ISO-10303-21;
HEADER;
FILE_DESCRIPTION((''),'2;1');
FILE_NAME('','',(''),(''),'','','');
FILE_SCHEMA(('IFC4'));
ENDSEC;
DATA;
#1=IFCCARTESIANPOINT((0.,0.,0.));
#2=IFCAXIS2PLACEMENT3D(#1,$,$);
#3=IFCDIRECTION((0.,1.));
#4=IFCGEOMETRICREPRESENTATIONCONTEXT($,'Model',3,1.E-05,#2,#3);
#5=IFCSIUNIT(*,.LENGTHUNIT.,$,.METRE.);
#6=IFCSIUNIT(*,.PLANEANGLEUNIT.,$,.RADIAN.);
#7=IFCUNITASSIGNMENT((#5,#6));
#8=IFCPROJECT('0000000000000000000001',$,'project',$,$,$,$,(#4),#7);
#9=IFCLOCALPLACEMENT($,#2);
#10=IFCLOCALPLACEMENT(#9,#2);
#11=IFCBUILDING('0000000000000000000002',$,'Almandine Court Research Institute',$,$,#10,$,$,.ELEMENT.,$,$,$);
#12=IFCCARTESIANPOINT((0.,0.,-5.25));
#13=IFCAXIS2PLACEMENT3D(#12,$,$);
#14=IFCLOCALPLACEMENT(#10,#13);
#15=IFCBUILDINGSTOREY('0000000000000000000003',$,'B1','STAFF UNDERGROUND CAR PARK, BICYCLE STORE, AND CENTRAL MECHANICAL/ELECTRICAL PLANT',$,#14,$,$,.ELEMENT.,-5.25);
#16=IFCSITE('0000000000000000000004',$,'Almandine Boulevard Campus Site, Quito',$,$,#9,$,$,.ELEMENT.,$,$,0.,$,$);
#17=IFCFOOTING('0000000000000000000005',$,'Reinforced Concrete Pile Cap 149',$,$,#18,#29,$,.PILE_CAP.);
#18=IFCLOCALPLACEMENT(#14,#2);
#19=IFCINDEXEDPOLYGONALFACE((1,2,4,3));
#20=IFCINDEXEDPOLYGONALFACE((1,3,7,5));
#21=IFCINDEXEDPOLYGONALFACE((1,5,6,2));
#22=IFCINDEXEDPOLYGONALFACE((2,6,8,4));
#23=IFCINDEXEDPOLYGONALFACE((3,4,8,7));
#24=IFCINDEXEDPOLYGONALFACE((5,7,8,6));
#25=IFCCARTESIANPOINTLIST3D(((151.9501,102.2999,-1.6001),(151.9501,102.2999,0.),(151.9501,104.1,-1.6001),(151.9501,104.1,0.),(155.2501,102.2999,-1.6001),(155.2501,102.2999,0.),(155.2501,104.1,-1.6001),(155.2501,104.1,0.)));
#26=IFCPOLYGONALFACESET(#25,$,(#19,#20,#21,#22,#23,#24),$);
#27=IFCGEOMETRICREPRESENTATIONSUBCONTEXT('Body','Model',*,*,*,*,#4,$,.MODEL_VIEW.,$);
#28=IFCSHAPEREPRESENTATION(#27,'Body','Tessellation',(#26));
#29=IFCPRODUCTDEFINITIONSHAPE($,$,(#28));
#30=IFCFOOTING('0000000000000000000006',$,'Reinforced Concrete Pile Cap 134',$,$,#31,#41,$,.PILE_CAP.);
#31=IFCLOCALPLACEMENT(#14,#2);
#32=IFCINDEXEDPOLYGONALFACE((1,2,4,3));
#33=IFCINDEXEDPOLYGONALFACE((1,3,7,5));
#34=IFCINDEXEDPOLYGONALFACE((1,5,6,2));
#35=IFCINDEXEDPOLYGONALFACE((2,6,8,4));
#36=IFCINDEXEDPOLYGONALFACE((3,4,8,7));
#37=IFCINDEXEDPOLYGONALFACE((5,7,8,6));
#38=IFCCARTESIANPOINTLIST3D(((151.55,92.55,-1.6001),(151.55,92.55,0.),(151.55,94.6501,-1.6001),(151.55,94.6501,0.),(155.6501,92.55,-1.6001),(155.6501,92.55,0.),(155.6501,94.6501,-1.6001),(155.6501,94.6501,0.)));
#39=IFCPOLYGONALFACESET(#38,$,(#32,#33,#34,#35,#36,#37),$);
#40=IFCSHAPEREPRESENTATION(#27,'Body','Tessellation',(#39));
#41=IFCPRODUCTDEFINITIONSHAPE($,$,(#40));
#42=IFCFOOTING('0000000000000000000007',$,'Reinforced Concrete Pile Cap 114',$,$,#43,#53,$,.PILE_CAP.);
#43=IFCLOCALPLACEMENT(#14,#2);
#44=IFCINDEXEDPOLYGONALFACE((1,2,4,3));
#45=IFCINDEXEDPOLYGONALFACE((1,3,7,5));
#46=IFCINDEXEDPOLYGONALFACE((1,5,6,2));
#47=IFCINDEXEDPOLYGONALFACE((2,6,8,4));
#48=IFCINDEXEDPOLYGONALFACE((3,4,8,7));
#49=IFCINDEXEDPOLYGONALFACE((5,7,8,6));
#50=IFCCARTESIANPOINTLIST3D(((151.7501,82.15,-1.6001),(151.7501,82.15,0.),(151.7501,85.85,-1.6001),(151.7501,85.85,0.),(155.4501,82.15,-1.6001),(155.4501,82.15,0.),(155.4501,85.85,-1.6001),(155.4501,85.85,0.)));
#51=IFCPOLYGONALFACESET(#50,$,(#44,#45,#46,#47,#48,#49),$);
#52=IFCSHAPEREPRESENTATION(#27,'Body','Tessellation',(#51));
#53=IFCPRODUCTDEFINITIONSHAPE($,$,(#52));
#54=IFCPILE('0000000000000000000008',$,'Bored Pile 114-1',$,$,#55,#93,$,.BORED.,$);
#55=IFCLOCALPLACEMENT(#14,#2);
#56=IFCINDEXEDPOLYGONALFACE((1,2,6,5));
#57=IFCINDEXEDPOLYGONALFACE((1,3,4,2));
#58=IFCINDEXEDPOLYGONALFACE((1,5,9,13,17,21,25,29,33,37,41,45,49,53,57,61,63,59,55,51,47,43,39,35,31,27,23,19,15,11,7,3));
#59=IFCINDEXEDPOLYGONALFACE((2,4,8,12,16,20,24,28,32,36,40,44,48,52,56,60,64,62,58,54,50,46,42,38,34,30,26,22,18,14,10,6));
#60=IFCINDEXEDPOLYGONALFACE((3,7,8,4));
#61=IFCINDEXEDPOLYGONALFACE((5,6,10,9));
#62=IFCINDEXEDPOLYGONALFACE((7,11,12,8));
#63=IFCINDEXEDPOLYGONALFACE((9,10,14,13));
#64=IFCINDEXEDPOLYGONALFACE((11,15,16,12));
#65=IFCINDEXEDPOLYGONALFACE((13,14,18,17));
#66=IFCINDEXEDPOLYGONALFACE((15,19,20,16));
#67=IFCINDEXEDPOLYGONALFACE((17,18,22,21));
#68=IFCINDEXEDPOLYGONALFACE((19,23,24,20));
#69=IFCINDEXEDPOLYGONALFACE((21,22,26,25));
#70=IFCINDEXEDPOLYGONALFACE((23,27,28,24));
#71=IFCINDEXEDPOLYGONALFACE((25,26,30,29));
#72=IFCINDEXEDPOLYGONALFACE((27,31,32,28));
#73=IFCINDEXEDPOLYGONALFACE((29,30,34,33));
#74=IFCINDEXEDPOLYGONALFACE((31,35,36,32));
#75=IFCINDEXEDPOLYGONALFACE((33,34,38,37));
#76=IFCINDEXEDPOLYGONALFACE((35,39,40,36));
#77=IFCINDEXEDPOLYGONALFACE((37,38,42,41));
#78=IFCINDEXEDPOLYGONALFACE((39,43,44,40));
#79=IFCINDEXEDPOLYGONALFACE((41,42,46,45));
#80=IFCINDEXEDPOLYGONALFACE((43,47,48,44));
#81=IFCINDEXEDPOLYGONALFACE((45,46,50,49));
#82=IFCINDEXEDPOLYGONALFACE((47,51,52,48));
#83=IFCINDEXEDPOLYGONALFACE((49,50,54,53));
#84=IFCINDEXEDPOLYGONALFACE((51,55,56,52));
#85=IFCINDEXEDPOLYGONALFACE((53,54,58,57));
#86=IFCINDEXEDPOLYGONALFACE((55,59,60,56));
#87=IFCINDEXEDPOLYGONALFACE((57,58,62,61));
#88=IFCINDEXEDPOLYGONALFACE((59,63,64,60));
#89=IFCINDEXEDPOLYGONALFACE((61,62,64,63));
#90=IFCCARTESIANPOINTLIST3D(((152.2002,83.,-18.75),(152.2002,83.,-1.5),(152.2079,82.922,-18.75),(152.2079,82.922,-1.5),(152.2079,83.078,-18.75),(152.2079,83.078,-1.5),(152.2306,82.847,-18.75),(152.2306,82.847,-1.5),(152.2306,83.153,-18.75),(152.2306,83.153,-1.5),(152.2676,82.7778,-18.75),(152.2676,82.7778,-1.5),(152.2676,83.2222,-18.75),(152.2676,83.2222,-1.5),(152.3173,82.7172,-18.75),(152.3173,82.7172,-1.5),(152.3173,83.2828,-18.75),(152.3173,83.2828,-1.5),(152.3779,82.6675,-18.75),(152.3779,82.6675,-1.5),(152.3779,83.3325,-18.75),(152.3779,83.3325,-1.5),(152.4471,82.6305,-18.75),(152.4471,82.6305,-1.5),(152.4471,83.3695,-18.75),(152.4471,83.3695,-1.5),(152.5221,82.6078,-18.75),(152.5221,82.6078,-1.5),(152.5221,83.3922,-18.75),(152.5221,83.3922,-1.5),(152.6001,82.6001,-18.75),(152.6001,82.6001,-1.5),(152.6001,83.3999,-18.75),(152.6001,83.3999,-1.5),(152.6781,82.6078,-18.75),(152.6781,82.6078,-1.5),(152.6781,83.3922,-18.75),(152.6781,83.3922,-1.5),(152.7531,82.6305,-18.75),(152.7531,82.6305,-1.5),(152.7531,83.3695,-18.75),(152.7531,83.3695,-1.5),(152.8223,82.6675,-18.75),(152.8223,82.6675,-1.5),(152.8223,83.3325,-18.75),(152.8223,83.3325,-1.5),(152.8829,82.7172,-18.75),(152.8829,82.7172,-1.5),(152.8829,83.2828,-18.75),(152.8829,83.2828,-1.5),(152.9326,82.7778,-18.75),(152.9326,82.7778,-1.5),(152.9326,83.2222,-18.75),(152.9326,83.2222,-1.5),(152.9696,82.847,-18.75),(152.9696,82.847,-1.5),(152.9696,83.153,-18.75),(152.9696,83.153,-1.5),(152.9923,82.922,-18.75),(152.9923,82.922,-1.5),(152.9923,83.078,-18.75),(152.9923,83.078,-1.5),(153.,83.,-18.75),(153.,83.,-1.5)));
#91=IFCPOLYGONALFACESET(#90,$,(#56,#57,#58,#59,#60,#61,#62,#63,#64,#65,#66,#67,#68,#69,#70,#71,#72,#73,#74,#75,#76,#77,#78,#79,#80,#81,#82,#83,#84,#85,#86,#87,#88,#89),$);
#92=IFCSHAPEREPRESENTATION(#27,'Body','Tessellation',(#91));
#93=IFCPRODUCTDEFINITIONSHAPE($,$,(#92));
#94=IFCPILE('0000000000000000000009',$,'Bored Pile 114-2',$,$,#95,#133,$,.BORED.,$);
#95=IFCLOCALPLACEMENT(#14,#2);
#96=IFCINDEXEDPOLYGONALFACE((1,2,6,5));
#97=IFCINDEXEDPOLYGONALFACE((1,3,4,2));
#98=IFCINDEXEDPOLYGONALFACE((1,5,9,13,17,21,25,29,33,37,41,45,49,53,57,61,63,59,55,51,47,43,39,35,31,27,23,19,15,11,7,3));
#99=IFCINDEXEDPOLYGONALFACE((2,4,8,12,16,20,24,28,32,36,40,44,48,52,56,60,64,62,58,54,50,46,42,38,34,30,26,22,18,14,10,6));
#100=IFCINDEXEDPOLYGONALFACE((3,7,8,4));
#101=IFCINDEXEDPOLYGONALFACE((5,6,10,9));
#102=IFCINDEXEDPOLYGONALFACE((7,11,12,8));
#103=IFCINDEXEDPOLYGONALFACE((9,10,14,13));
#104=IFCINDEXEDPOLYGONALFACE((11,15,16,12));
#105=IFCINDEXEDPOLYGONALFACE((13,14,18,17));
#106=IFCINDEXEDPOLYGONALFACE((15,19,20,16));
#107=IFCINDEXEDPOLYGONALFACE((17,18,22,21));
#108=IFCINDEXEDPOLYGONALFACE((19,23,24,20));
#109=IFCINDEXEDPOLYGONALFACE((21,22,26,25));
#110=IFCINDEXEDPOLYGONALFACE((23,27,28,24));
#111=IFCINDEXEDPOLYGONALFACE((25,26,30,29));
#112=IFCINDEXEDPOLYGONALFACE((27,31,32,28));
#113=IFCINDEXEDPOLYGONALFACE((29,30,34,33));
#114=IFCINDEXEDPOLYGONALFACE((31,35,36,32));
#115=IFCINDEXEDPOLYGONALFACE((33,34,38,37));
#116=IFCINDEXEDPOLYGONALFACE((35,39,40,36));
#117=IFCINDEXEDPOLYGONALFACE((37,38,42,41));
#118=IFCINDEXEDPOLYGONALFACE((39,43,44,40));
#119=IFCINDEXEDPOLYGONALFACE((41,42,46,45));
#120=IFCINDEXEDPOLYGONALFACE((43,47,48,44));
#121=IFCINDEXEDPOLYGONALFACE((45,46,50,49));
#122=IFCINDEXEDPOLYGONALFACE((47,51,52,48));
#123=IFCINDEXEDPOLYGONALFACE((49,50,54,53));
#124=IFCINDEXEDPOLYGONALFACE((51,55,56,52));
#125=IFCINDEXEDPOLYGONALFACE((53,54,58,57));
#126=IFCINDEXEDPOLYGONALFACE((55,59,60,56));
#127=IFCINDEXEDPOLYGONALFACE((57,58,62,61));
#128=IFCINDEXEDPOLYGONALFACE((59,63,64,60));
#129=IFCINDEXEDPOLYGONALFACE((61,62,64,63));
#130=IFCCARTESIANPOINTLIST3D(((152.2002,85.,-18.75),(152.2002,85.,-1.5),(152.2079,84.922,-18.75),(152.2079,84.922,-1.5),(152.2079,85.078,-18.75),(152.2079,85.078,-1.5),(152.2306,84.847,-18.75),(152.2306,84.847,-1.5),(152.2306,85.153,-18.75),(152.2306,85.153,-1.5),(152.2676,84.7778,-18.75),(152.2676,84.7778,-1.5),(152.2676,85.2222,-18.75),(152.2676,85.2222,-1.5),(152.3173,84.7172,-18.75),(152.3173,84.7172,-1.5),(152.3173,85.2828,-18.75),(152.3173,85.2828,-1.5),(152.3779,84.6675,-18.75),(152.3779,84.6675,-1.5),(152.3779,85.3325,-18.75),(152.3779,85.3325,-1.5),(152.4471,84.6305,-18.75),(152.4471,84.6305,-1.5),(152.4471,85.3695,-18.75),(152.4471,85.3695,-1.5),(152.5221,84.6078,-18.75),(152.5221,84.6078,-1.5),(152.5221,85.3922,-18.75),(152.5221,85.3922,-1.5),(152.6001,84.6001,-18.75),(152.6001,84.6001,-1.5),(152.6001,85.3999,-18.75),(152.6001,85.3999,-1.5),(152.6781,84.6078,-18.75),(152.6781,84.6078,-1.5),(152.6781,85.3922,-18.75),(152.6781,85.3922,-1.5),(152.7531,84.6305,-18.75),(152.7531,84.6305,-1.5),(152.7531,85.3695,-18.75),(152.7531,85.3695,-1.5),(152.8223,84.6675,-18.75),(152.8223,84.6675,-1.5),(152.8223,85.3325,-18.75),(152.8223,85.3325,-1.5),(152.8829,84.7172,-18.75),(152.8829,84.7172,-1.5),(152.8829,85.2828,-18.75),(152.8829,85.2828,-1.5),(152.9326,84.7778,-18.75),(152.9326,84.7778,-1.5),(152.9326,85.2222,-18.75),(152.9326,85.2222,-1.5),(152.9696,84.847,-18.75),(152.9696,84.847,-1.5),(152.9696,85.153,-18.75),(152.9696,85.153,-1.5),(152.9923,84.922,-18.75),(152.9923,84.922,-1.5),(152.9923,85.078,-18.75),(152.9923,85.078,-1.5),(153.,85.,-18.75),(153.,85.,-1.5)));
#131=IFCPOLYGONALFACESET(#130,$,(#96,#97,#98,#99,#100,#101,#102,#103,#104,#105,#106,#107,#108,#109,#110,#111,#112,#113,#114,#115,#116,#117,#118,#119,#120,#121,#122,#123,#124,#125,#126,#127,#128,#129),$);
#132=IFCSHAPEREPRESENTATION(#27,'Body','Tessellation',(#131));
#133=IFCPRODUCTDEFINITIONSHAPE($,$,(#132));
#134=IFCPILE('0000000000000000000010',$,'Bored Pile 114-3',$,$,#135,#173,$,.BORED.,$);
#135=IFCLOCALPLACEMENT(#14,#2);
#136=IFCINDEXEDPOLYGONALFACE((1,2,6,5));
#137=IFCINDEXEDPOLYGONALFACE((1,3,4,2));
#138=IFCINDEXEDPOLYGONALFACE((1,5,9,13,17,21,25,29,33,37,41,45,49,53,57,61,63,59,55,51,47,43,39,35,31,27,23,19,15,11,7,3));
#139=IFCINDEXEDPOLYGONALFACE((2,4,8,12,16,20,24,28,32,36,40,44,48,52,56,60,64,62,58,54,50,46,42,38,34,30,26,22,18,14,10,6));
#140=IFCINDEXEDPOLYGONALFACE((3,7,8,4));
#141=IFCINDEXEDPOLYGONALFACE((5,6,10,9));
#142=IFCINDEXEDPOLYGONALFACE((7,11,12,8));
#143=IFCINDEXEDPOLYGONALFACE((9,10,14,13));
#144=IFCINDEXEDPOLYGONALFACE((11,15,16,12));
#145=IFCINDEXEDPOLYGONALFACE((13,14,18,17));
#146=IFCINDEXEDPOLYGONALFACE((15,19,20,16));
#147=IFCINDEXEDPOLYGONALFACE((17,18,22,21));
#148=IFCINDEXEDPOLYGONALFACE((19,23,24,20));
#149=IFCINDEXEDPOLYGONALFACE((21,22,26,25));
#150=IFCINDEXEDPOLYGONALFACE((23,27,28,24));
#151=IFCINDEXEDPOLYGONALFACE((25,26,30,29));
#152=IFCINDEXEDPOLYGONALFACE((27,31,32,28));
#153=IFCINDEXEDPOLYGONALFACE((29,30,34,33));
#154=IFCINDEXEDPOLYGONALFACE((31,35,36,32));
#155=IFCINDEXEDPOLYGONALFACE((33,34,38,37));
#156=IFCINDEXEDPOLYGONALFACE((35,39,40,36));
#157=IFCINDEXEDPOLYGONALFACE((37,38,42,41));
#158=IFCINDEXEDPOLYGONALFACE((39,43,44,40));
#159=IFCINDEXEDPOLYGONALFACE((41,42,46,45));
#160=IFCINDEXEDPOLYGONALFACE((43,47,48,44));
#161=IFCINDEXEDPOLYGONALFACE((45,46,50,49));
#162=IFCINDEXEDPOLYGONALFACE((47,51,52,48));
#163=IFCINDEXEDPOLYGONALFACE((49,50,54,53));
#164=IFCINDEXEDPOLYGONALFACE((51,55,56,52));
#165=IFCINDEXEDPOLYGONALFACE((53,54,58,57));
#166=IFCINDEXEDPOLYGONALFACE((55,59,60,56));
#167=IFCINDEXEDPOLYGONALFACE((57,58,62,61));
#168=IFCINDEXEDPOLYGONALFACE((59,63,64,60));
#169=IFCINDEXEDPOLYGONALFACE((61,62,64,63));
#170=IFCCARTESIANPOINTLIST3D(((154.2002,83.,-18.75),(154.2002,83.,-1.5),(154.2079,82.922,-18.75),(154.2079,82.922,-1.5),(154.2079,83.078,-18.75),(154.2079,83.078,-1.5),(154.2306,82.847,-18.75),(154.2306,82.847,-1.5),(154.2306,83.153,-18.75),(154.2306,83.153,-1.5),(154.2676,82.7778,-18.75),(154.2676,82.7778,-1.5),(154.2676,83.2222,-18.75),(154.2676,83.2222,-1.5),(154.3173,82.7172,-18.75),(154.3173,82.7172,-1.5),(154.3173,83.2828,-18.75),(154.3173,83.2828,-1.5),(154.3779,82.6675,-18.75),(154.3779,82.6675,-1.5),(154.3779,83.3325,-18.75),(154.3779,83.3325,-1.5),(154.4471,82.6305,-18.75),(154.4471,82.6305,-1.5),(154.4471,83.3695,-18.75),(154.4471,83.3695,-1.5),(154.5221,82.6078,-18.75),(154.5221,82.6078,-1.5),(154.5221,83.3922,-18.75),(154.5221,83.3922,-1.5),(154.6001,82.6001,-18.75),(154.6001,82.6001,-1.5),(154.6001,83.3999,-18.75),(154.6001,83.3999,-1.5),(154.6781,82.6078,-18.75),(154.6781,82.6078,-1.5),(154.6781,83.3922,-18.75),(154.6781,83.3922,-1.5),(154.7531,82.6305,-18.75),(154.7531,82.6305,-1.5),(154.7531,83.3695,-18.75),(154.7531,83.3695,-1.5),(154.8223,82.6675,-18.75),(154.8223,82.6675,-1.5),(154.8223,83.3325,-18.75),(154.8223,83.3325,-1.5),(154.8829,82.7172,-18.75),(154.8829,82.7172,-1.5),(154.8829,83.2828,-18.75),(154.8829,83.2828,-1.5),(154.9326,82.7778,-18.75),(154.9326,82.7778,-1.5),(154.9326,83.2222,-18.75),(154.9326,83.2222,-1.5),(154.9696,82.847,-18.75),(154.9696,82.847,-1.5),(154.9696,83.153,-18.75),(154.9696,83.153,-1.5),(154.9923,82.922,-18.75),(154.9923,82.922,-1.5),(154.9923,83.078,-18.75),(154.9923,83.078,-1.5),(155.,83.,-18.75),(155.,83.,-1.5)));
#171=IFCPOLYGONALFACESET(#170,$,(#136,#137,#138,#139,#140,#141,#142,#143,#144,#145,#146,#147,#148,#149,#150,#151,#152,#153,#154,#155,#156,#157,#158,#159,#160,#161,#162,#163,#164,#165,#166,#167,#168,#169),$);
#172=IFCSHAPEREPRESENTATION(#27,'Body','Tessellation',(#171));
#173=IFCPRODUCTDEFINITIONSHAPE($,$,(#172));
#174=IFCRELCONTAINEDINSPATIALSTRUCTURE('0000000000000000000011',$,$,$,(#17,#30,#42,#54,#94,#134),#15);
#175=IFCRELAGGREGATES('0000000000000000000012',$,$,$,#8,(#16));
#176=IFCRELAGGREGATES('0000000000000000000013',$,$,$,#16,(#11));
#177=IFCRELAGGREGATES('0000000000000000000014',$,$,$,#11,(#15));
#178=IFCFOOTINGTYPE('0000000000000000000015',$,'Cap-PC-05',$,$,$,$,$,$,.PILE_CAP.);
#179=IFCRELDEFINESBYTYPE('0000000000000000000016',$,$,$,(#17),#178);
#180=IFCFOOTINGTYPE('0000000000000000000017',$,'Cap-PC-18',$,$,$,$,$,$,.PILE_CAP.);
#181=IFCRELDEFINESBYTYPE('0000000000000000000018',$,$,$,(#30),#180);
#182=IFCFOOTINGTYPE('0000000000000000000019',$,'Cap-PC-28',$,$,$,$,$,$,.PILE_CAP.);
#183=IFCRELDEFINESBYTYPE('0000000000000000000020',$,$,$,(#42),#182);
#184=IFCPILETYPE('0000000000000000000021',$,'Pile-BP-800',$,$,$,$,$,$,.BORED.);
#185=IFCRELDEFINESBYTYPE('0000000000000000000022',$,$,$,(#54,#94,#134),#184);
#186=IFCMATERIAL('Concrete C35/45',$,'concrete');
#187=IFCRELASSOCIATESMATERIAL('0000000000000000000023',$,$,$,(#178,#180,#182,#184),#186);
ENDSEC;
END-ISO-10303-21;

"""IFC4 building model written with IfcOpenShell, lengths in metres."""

from ifc_helpers import new_model, si_unit, direction, frame, origin, origin_2d, place, context, subcontext, project, spatial, rectangle, circle, extrude, material, material_profile, profile_set, type_object, element, save


model = new_model("IFC4")

# Units and contexts
model_context = context("Model", 3, precision=1e-05, world=origin(), true_north=direction((0.0, 1.0)))
body_context = subcontext(model_context, "Body", "Model", "MODEL_VIEW")
ifc_project = project(units=[si_unit("LENGTHUNIT", "METRE"), si_unit("PLANEANGLEUNIT", "RADIAN")], contexts=[model_context])

# Site, building, storey
site_placement = place(None, origin())
site = spatial("IfcSite", under=ifc_project, at=site_placement, Name="Almandine Boulevard Campus Site, Quito", CompositionType="ELEMENT", RefElevation=0.0)
building_placement = place(site_placement, origin())
building = spatial("IfcBuilding", under=site, at=building_placement, Name="Almandine Court Research Institute", CompositionType="ELEMENT")
storey_placement = place(building_placement, frame((0.0, 0.0, -5.25)))
storey = spatial("IfcBuildingStorey", under=building, at=storey_placement, Name="B1", Description="STAFF UNDERGROUND CAR PARK, BICYCLE STORE, AND CENTRAL MECHANICAL/ELECTRICAL PLANT", CompositionType="ELEMENT", Elevation=-5.25)

# Footings
ifc_material_1 = material(Name="Concrete C35/45", Category="concrete")
footing_type_1 = type_object("IfcFootingType", Name="Cap-PC-05", PredefinedType="PILE_CAP", material=ifc_material_1)
footing_1_placement = place(storey_placement, frame((153.6001, 103.2, -1.6001), z_axis=(0.0, 0.0, 1.0), x_axis=(1.0, 0.0, 0.0)))
element("IfcFooting", 1, at=footing_1_placement, inside=storey, type_object=footing_type_1, Name="Reinforced Concrete Pile Cap 149", PredefinedType="PILE_CAP", context=body_context, shape_type="SweptSolid", body=[
    extrude(rectangle(XDim=3.3, YDim=1.8, at=origin_2d()), origin(), (0.0, 0.0, 1.0), 1.6001),
])
footing_type_2 = type_object("IfcFootingType", Name="Cap-PC-18", PredefinedType="PILE_CAP", material=ifc_material_1)
footing_2_placement = place(storey_placement, frame((153.6001, 93.6001, -1.6001), z_axis=(0.0, 0.0, 1.0), x_axis=(1.0, 0.0, 0.0)))
element("IfcFooting", 2, at=footing_2_placement, inside=storey, type_object=footing_type_2, Name="Reinforced Concrete Pile Cap 134", PredefinedType="PILE_CAP", context=body_context, shape_type="SweptSolid", body=[
    extrude(rectangle(XDim=4.1001, YDim=2.1001, at=origin_2d()), origin(), (0.0, 0.0, 1.0), 1.6001),
])
footing_type_3 = type_object("IfcFootingType", Name="Cap-PC-28", PredefinedType="PILE_CAP", material=ifc_material_1)
footing_3_placement = place(storey_placement, frame((153.6001, 84.0, -1.6001), z_axis=(0.0, 0.0, 1.0), x_axis=(1.0, 0.0, 0.0)))
element("IfcFooting", 3, at=footing_3_placement, inside=storey, type_object=footing_type_3, Name="Reinforced Concrete Pile Cap 114", PredefinedType="PILE_CAP", context=body_context, shape_type="SweptSolid", body=[
    extrude(rectangle(XDim=3.7, YDim=3.7, at=origin_2d()), origin(), (0.0, 0.0, 1.0), 1.6001),
])

# Piles
ifc_material_profile_1 = material_profile(ifc_material_1, circle(Radius=0.3999, at=origin_2d()), Name="BORED PILE D800")
ifc_profile_set_1 = profile_set([ifc_material_profile_1], Name="Concrete C35/45")
pile_type = type_object("IfcPileType", Name="Pile-BP-800", PredefinedType="BORED", material=ifc_profile_set_1)
for number, where, z_axis, x_axis, name in (
    (4, (152.6001, 83.0, -1.5), (0.0, 0.0, -1.0), (1.0, 0.0, 0.0), "Bored Pile 114-1"),
    (5, (152.6001, 85.0, -1.5), (0.0, 0.0, -1.0), (1.0, 0.0, 0.0), "Bored Pile 114-2"),
    (6, (154.6001, 83.0, -1.5), (0.0, 0.0, -1.0), (1.0, 0.0, 0.0), "Bored Pile 114-3"),
):
    element("IfcPile", number, at=place(storey_placement, frame(where, z_axis=z_axis, x_axis=x_axis)), inside=storey, type_object=pile_type, Name=name, PredefinedType="BORED", context=body_context, shape_type="SweptSolid", body=[
        extrude(circle(Radius=0.3999, at=origin_2d()), origin(), (0.0, 0.0, 1.0), 17.25),
    ])

save(model, "model.ifc")
